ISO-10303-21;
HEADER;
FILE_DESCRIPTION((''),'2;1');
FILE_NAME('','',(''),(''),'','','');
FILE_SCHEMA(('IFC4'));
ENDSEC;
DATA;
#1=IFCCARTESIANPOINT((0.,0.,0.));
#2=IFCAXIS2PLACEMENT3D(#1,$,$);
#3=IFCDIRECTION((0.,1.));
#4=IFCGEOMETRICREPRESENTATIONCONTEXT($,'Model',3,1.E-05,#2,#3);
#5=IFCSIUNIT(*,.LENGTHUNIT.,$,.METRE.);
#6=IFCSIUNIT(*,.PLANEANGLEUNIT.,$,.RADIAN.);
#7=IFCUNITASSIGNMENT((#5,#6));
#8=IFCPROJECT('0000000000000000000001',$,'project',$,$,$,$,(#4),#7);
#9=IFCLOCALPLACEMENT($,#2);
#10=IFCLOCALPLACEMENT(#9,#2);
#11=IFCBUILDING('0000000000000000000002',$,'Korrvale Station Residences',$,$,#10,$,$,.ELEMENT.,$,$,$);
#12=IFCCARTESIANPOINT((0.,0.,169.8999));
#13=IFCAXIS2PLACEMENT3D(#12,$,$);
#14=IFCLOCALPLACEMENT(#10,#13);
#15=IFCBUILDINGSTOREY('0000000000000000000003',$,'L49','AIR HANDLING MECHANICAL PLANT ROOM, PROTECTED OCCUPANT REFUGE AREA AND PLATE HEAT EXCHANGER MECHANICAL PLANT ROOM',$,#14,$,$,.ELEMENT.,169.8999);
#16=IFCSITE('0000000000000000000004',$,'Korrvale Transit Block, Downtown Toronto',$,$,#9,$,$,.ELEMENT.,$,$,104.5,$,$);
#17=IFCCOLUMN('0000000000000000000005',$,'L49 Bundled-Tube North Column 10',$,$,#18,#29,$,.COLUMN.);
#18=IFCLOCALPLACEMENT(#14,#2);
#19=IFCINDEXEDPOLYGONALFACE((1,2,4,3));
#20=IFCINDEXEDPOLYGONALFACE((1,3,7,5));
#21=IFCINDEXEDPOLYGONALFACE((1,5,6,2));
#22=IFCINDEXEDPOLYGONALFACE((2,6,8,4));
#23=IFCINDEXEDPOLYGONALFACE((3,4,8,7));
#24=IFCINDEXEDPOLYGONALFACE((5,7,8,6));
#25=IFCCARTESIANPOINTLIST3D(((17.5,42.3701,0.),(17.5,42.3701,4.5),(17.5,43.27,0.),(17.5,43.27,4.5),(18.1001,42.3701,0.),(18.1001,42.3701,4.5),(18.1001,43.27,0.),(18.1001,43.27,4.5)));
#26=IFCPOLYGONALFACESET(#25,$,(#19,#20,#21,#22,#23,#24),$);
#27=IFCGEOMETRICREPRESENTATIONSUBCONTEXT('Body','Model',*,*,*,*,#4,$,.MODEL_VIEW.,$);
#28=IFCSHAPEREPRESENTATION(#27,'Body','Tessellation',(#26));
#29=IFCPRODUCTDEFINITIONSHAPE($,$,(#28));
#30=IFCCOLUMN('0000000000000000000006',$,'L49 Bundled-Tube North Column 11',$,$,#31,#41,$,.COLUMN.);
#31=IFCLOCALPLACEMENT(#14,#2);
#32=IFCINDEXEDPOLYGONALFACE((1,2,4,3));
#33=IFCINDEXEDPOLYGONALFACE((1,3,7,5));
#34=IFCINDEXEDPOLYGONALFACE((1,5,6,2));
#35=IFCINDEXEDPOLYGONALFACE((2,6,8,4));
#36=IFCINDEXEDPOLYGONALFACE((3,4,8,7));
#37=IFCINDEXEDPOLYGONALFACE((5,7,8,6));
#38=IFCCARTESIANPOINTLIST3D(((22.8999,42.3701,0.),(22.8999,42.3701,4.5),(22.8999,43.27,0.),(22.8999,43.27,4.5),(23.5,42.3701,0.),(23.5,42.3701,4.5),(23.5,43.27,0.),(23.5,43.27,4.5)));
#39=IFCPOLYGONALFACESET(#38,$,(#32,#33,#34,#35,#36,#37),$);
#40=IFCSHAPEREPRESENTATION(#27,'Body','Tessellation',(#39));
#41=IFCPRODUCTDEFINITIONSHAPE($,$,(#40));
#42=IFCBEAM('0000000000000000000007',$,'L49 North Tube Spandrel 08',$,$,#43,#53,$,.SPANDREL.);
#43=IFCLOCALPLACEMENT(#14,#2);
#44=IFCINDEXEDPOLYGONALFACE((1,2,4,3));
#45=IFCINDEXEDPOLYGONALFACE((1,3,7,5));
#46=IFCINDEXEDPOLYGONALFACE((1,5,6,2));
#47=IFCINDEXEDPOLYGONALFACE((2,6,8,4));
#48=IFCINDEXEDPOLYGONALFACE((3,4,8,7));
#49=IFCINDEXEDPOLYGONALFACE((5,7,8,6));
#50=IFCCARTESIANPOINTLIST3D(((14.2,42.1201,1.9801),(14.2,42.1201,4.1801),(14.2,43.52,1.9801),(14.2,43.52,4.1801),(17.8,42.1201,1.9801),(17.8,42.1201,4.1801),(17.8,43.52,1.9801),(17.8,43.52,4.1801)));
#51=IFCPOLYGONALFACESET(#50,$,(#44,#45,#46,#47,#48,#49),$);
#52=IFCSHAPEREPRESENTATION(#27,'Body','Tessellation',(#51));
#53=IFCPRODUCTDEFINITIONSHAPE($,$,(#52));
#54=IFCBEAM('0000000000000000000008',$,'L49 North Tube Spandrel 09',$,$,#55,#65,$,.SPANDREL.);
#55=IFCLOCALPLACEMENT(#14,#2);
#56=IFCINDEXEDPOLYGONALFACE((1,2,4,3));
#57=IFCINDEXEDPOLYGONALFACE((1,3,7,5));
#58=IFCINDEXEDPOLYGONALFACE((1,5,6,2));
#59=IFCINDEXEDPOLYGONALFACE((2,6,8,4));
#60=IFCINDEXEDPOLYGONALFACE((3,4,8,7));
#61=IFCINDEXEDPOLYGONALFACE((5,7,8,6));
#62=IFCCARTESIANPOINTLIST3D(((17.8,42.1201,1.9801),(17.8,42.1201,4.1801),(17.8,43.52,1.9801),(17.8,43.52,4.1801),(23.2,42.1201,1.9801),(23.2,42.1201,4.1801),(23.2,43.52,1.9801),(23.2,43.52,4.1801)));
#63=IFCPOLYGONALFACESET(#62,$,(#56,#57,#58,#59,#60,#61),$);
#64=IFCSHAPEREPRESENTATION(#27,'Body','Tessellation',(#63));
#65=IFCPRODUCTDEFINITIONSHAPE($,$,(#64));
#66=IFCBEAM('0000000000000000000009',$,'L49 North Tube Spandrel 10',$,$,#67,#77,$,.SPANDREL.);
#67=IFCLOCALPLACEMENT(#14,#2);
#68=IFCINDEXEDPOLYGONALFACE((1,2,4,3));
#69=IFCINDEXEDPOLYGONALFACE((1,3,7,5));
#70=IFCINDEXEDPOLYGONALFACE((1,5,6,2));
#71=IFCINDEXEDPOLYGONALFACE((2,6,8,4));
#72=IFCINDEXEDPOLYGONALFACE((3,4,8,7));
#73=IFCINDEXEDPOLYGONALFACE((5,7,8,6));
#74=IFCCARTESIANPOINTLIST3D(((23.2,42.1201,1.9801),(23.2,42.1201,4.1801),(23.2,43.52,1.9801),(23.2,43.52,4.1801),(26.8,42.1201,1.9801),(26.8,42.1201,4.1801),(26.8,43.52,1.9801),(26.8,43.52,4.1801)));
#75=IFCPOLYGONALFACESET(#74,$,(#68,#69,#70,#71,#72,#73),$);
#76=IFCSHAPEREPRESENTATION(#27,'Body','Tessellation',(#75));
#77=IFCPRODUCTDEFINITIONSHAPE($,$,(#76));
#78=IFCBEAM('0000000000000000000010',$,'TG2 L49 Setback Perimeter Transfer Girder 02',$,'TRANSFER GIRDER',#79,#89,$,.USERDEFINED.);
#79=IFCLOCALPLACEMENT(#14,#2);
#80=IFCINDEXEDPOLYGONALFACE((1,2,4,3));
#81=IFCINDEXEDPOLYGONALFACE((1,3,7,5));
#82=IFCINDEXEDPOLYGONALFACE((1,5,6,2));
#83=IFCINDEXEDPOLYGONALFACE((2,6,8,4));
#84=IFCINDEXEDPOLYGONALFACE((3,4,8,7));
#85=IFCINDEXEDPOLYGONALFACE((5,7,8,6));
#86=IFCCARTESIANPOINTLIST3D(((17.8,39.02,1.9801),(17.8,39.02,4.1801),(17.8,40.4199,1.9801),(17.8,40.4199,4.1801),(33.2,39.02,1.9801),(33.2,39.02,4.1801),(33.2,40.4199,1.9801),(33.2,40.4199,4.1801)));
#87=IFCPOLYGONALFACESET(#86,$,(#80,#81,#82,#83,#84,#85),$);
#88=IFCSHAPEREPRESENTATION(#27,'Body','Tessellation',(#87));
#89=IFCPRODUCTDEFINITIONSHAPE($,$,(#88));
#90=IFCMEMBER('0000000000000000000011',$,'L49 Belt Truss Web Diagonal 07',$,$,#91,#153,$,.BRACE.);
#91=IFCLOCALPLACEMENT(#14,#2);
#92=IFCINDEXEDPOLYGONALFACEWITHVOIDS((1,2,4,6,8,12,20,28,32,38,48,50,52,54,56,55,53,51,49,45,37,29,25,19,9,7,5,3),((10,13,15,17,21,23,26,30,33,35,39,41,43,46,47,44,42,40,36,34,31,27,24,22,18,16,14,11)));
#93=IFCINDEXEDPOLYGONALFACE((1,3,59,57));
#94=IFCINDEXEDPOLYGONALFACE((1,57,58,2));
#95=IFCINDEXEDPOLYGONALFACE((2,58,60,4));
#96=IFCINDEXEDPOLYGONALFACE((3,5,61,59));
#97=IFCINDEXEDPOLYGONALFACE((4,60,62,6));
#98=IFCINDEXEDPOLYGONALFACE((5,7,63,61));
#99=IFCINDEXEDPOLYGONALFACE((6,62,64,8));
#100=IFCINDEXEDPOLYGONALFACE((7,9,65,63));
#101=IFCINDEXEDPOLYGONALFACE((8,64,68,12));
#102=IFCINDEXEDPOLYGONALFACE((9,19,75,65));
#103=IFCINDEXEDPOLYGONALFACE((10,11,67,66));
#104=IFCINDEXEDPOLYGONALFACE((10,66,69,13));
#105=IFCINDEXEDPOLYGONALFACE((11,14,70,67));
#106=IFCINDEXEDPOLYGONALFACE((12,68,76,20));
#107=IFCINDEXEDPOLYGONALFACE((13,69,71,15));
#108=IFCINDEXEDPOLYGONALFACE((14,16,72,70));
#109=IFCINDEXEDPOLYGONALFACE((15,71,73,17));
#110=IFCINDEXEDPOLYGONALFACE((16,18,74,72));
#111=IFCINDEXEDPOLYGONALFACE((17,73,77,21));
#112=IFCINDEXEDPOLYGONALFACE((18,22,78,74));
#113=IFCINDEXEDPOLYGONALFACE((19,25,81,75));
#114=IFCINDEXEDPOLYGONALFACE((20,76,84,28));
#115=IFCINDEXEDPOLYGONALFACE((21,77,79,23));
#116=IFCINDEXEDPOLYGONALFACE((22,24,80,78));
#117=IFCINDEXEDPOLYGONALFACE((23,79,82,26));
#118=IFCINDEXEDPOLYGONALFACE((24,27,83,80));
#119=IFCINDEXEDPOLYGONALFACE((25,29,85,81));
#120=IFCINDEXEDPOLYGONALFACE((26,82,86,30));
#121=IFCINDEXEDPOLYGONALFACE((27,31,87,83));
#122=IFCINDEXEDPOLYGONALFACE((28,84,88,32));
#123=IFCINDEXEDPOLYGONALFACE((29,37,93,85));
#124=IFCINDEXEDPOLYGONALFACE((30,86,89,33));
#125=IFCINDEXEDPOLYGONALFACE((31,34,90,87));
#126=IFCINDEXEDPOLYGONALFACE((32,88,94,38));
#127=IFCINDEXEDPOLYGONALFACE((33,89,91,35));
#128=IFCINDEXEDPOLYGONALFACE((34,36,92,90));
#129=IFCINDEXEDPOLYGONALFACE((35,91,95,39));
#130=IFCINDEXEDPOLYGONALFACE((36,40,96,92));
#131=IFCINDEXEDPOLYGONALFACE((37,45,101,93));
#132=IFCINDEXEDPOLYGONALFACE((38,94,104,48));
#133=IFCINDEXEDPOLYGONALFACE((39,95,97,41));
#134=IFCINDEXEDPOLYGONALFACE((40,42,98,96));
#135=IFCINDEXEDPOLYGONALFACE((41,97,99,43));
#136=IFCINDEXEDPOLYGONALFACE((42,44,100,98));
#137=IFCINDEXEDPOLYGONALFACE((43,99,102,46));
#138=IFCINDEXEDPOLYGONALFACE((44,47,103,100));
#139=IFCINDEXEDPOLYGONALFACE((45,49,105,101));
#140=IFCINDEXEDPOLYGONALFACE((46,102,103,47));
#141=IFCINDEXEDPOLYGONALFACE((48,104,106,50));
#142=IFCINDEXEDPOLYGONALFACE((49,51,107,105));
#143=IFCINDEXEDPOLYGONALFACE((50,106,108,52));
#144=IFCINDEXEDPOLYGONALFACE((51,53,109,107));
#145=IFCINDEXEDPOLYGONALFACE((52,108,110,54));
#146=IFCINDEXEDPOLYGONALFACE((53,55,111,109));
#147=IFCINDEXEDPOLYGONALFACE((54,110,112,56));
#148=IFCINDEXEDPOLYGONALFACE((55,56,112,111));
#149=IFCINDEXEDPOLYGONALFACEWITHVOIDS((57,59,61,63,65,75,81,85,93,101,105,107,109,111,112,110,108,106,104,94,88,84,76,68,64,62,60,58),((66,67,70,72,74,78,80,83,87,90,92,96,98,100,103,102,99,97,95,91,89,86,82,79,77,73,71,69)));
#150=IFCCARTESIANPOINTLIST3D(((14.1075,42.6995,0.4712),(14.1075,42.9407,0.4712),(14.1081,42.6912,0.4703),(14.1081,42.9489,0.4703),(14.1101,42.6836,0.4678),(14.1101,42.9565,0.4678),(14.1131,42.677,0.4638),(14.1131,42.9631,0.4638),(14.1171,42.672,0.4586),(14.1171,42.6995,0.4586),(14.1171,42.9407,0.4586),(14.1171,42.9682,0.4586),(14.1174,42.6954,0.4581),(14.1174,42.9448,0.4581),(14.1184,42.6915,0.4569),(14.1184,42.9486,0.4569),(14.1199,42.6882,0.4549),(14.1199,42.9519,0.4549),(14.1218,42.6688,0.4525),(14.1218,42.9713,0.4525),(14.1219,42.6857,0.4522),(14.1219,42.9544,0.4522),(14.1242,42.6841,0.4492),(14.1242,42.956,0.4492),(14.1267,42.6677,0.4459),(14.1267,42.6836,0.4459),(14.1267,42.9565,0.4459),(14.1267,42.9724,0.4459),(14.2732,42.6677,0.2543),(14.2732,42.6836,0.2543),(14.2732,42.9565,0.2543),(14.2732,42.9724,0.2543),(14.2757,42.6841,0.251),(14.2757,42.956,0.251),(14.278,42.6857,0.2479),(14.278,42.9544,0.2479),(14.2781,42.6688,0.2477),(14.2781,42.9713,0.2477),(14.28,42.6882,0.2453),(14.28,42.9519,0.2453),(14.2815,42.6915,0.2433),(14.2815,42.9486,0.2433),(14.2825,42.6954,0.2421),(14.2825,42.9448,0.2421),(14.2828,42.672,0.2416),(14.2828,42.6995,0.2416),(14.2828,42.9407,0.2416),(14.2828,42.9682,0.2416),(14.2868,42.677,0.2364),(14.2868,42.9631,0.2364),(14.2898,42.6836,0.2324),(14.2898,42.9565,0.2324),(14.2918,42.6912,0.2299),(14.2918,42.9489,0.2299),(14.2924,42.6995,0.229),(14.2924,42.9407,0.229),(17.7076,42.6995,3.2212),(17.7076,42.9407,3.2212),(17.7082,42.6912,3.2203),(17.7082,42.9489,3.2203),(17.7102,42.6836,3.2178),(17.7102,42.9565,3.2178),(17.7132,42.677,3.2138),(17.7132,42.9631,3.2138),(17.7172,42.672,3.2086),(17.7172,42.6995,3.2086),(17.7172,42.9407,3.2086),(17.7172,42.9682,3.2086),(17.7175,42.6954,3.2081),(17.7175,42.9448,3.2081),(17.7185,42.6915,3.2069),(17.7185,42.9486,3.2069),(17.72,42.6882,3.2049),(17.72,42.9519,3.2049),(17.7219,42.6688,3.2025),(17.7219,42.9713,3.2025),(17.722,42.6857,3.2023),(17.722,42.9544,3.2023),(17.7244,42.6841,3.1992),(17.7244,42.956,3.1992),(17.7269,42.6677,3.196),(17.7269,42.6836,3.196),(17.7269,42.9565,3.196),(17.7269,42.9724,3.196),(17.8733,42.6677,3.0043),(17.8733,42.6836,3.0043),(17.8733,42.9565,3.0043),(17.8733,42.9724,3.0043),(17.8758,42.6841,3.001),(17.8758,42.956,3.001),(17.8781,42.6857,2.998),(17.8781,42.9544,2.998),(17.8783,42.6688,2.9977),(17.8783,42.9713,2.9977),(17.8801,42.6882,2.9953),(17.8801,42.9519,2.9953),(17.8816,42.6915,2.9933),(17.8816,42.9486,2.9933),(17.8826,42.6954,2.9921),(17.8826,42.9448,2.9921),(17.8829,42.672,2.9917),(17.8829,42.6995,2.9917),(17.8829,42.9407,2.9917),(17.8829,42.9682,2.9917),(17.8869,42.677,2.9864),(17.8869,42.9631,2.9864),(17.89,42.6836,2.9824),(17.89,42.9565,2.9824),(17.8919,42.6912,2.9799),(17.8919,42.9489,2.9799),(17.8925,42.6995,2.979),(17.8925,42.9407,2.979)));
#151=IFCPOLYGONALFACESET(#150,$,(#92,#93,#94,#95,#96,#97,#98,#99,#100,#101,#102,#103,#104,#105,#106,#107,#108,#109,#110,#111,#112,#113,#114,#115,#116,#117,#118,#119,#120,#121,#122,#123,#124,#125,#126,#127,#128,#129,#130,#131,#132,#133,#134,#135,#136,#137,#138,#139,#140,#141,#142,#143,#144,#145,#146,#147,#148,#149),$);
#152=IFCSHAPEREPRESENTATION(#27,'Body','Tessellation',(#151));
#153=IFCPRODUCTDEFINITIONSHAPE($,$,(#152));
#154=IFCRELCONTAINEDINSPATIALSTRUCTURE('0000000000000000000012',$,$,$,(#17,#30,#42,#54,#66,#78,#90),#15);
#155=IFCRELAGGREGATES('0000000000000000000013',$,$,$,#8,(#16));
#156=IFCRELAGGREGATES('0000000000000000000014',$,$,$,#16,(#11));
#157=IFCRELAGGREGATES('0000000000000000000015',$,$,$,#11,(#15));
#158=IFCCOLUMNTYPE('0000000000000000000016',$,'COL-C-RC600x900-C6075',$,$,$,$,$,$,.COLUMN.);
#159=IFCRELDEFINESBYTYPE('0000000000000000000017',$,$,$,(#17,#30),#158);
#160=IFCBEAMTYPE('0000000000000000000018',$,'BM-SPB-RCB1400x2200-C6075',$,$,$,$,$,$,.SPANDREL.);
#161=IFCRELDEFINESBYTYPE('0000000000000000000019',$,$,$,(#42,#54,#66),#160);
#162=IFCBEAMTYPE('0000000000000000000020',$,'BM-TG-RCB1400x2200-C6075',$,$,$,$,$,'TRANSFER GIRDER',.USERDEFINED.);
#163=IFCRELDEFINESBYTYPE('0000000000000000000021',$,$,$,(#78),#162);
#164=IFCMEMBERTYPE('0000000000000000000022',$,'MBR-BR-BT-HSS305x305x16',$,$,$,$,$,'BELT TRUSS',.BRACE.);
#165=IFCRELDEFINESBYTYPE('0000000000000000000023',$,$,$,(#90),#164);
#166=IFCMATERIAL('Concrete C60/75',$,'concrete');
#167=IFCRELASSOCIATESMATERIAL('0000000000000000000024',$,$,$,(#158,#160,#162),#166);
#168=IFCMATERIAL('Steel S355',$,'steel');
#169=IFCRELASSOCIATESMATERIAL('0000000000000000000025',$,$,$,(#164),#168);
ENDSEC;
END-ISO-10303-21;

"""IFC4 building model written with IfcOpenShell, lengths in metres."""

from ifc_helpers import new_model, si_unit, direction, frame, origin, origin_2d, place, context, subcontext, project, spatial, rectangle, hollow_rectangle, extrude, material, material_profile, profile_set, type_object, element, save


model = new_model("IFC4")

# Units and contexts
model_context = context("Model", 3, precision=1e-05, world=origin(), true_north=direction((0.0, 1.0)))
body_context = subcontext(model_context, "Body", "Model", "MODEL_VIEW")
ifc_project = project(units=[si_unit("LENGTHUNIT", "METRE"), si_unit("PLANEANGLEUNIT", "RADIAN")], contexts=[model_context])

# Site, building, storey
site_placement = place(None, origin())
site = spatial("IfcSite", under=ifc_project, at=site_placement, Name="Korrvale Transit Block, Downtown Toronto", CompositionType="ELEMENT", RefElevation=104.5)
building_placement = place(site_placement, origin())
building = spatial("IfcBuilding", under=site, at=building_placement, Name="Korrvale Station Residences", CompositionType="ELEMENT")
storey_placement = place(building_placement, frame((0.0, 0.0, 169.8999)))
storey = spatial("IfcBuildingStorey", under=building, at=storey_placement, Name="L49", Description="AIR HANDLING MECHANICAL PLANT ROOM, PROTECTED OCCUPANT REFUGE AREA AND PLATE HEAT EXCHANGER MECHANICAL PLANT ROOM", CompositionType="ELEMENT", Elevation=169.8999)

# Columns
ifc_material_1 = material(Name="Concrete C60/75", Category="concrete")
ifc_material_profile_1 = material_profile(ifc_material_1, rectangle(XDim=0.6001, YDim=0.8999, at=origin_2d()), Name="RC600x900")
ifc_profile_set_1 = profile_set([ifc_material_profile_1], Name="Concrete C60/75")
column_type = type_object("IfcColumnType", Name="COL-C-RC600x900-C6075", PredefinedType="COLUMN", material=ifc_profile_set_1)
for number, where, z_axis, x_axis, name in (
    (1, (17.8, 42.8201, 0.0), (0.0, 0.0, 1.0), (1.0, 0.0, 0.0), "L49 Bundled-Tube North Column 10"),
    (2, (23.2, 42.8201, 0.0), (0.0, 0.0, 1.0), (1.0, 0.0, 0.0), "L49 Bundled-Tube North Column 11"),
):
    element("IfcColumn", number, at=place(storey_placement, frame(where, z_axis=z_axis, x_axis=x_axis)), inside=storey, type_object=column_type, Name=name, PredefinedType="COLUMN", context=body_context, shape_type="SweptSolid", body=[
        extrude(rectangle(XDim=0.6001, YDim=0.8999, at=origin_2d()), origin(), (0.0, 0.0, 1.0), 4.5),
    ])

# Beams
ifc_material_profile_2 = material_profile(ifc_material_1, rectangle(XDim=1.3999, YDim=2.2, at=origin_2d()), Name="RCB1400x2200")
ifc_profile_set_2 = profile_set([ifc_material_profile_2], Name="Concrete C60/75")
beam_type_1 = type_object("IfcBeamType", Name="BM-SPB-RCB1400x2200-C6075", PredefinedType="SPANDREL", material=ifc_profile_set_2)
beam_1_placement = place(storey_placement, frame((14.2, 42.8201, 3.0801), z_axis=(1.0, 0.0, 0.0), x_axis=(0.0, 1.0, 0.0)))
element("IfcBeam", 3, at=beam_1_placement, inside=storey, type_object=beam_type_1, Name="L49 North Tube Spandrel 08", PredefinedType="SPANDREL", context=body_context, shape_type="SweptSolid", body=[
    extrude(rectangle(XDim=1.3999, YDim=2.2, at=origin_2d()), origin(), (0.0, 0.0, 1.0), 3.6001),
])
beam_2_placement = place(storey_placement, frame((17.8, 42.8201, 3.0801), z_axis=(1.0, 0.0, 0.0), x_axis=(0.0, 1.0, 0.0)))
element("IfcBeam", 4, at=beam_2_placement, inside=storey, type_object=beam_type_1, Name="L49 North Tube Spandrel 09", PredefinedType="SPANDREL", context=body_context, shape_type="SweptSolid", body=[
    extrude(rectangle(XDim=1.3999, YDim=2.2, at=origin_2d()), origin(), (0.0, 0.0, 1.0), 5.3999),
])
beam_3_placement = place(storey_placement, frame((23.2, 42.8201, 3.0801), z_axis=(1.0, 0.0, 0.0), x_axis=(0.0, 1.0, 0.0)))
element("IfcBeam", 5, at=beam_3_placement, inside=storey, type_object=beam_type_1, Name="L49 North Tube Spandrel 10", PredefinedType="SPANDREL", context=body_context, shape_type="SweptSolid", body=[
    extrude(rectangle(XDim=1.3999, YDim=2.2, at=origin_2d()), origin(), (0.0, 0.0, 1.0), 3.6001),
])
ifc_material_profile_3 = material_profile(ifc_material_1, rectangle(XDim=1.3999, YDim=2.2, at=origin_2d()), Name="RCB1400x2200")
ifc_profile_set_3 = profile_set([ifc_material_profile_3], Name="Concrete C60/75")
beam_type_2 = type_object("IfcBeamType", Name="BM-TG-RCB1400x2200-C6075", ElementType="TRANSFER GIRDER", PredefinedType="USERDEFINED", material=ifc_profile_set_3)
beam_4_placement = place(storey_placement, frame((17.8, 39.72, 3.0801), z_axis=(1.0, 0.0, 0.0), x_axis=(0.0, 1.0, 0.0)))
element("IfcBeam", 6, at=beam_4_placement, inside=storey, type_object=beam_type_2, Name="TG2 L49 Setback Perimeter Transfer Girder 02", ObjectType="TRANSFER GIRDER", PredefinedType="USERDEFINED", context=body_context, shape_type="SweptSolid", body=[
    extrude(rectangle(XDim=1.3999, YDim=2.2, at=origin_2d()), origin(), (0.0, 0.0, 1.0), 15.3999),
])

# Member
ifc_material_2 = material(Name="Steel S355", Category="steel")
ifc_material_profile_4 = material_profile(ifc_material_2, hollow_rectangle(XDim=0.3047, YDim=0.3047, WallThickness=0.0159, InnerFilletRadius=0.0159, OuterFilletRadius=0.0317, at=origin_2d()), Name="HSS305x305x16")
ifc_profile_set_4 = profile_set([ifc_material_profile_4], Name="Steel S355")
member_type_1 = type_object("IfcMemberType", Name="MBR-BR-BT-HSS305x305x16", ElementType="BELT TRUSS", PredefinedType="BRACE", material=ifc_profile_set_4)
member_1_placement = place(storey_placement, frame((14.2, 42.8201, 0.3501), z_axis=(0.794679, 0.0, 0.60703), x_axis=(0.0, 1.0, 0.0)))
element("IfcMember", 7, at=member_1_placement, inside=storey, type_object=member_type_1, Name="L49 Belt Truss Web Diagonal 07", PredefinedType="BRACE", context=body_context, shape_type="SweptSolid", body=[
    extrude(hollow_rectangle(XDim=0.3047, YDim=0.3047, WallThickness=0.0159, InnerFilletRadius=0.0159, OuterFilletRadius=0.0317, at=origin_2d()), origin(), (0.0, 0.0, 1.0), 4.5303),
])

save(model, "model.ifc")
